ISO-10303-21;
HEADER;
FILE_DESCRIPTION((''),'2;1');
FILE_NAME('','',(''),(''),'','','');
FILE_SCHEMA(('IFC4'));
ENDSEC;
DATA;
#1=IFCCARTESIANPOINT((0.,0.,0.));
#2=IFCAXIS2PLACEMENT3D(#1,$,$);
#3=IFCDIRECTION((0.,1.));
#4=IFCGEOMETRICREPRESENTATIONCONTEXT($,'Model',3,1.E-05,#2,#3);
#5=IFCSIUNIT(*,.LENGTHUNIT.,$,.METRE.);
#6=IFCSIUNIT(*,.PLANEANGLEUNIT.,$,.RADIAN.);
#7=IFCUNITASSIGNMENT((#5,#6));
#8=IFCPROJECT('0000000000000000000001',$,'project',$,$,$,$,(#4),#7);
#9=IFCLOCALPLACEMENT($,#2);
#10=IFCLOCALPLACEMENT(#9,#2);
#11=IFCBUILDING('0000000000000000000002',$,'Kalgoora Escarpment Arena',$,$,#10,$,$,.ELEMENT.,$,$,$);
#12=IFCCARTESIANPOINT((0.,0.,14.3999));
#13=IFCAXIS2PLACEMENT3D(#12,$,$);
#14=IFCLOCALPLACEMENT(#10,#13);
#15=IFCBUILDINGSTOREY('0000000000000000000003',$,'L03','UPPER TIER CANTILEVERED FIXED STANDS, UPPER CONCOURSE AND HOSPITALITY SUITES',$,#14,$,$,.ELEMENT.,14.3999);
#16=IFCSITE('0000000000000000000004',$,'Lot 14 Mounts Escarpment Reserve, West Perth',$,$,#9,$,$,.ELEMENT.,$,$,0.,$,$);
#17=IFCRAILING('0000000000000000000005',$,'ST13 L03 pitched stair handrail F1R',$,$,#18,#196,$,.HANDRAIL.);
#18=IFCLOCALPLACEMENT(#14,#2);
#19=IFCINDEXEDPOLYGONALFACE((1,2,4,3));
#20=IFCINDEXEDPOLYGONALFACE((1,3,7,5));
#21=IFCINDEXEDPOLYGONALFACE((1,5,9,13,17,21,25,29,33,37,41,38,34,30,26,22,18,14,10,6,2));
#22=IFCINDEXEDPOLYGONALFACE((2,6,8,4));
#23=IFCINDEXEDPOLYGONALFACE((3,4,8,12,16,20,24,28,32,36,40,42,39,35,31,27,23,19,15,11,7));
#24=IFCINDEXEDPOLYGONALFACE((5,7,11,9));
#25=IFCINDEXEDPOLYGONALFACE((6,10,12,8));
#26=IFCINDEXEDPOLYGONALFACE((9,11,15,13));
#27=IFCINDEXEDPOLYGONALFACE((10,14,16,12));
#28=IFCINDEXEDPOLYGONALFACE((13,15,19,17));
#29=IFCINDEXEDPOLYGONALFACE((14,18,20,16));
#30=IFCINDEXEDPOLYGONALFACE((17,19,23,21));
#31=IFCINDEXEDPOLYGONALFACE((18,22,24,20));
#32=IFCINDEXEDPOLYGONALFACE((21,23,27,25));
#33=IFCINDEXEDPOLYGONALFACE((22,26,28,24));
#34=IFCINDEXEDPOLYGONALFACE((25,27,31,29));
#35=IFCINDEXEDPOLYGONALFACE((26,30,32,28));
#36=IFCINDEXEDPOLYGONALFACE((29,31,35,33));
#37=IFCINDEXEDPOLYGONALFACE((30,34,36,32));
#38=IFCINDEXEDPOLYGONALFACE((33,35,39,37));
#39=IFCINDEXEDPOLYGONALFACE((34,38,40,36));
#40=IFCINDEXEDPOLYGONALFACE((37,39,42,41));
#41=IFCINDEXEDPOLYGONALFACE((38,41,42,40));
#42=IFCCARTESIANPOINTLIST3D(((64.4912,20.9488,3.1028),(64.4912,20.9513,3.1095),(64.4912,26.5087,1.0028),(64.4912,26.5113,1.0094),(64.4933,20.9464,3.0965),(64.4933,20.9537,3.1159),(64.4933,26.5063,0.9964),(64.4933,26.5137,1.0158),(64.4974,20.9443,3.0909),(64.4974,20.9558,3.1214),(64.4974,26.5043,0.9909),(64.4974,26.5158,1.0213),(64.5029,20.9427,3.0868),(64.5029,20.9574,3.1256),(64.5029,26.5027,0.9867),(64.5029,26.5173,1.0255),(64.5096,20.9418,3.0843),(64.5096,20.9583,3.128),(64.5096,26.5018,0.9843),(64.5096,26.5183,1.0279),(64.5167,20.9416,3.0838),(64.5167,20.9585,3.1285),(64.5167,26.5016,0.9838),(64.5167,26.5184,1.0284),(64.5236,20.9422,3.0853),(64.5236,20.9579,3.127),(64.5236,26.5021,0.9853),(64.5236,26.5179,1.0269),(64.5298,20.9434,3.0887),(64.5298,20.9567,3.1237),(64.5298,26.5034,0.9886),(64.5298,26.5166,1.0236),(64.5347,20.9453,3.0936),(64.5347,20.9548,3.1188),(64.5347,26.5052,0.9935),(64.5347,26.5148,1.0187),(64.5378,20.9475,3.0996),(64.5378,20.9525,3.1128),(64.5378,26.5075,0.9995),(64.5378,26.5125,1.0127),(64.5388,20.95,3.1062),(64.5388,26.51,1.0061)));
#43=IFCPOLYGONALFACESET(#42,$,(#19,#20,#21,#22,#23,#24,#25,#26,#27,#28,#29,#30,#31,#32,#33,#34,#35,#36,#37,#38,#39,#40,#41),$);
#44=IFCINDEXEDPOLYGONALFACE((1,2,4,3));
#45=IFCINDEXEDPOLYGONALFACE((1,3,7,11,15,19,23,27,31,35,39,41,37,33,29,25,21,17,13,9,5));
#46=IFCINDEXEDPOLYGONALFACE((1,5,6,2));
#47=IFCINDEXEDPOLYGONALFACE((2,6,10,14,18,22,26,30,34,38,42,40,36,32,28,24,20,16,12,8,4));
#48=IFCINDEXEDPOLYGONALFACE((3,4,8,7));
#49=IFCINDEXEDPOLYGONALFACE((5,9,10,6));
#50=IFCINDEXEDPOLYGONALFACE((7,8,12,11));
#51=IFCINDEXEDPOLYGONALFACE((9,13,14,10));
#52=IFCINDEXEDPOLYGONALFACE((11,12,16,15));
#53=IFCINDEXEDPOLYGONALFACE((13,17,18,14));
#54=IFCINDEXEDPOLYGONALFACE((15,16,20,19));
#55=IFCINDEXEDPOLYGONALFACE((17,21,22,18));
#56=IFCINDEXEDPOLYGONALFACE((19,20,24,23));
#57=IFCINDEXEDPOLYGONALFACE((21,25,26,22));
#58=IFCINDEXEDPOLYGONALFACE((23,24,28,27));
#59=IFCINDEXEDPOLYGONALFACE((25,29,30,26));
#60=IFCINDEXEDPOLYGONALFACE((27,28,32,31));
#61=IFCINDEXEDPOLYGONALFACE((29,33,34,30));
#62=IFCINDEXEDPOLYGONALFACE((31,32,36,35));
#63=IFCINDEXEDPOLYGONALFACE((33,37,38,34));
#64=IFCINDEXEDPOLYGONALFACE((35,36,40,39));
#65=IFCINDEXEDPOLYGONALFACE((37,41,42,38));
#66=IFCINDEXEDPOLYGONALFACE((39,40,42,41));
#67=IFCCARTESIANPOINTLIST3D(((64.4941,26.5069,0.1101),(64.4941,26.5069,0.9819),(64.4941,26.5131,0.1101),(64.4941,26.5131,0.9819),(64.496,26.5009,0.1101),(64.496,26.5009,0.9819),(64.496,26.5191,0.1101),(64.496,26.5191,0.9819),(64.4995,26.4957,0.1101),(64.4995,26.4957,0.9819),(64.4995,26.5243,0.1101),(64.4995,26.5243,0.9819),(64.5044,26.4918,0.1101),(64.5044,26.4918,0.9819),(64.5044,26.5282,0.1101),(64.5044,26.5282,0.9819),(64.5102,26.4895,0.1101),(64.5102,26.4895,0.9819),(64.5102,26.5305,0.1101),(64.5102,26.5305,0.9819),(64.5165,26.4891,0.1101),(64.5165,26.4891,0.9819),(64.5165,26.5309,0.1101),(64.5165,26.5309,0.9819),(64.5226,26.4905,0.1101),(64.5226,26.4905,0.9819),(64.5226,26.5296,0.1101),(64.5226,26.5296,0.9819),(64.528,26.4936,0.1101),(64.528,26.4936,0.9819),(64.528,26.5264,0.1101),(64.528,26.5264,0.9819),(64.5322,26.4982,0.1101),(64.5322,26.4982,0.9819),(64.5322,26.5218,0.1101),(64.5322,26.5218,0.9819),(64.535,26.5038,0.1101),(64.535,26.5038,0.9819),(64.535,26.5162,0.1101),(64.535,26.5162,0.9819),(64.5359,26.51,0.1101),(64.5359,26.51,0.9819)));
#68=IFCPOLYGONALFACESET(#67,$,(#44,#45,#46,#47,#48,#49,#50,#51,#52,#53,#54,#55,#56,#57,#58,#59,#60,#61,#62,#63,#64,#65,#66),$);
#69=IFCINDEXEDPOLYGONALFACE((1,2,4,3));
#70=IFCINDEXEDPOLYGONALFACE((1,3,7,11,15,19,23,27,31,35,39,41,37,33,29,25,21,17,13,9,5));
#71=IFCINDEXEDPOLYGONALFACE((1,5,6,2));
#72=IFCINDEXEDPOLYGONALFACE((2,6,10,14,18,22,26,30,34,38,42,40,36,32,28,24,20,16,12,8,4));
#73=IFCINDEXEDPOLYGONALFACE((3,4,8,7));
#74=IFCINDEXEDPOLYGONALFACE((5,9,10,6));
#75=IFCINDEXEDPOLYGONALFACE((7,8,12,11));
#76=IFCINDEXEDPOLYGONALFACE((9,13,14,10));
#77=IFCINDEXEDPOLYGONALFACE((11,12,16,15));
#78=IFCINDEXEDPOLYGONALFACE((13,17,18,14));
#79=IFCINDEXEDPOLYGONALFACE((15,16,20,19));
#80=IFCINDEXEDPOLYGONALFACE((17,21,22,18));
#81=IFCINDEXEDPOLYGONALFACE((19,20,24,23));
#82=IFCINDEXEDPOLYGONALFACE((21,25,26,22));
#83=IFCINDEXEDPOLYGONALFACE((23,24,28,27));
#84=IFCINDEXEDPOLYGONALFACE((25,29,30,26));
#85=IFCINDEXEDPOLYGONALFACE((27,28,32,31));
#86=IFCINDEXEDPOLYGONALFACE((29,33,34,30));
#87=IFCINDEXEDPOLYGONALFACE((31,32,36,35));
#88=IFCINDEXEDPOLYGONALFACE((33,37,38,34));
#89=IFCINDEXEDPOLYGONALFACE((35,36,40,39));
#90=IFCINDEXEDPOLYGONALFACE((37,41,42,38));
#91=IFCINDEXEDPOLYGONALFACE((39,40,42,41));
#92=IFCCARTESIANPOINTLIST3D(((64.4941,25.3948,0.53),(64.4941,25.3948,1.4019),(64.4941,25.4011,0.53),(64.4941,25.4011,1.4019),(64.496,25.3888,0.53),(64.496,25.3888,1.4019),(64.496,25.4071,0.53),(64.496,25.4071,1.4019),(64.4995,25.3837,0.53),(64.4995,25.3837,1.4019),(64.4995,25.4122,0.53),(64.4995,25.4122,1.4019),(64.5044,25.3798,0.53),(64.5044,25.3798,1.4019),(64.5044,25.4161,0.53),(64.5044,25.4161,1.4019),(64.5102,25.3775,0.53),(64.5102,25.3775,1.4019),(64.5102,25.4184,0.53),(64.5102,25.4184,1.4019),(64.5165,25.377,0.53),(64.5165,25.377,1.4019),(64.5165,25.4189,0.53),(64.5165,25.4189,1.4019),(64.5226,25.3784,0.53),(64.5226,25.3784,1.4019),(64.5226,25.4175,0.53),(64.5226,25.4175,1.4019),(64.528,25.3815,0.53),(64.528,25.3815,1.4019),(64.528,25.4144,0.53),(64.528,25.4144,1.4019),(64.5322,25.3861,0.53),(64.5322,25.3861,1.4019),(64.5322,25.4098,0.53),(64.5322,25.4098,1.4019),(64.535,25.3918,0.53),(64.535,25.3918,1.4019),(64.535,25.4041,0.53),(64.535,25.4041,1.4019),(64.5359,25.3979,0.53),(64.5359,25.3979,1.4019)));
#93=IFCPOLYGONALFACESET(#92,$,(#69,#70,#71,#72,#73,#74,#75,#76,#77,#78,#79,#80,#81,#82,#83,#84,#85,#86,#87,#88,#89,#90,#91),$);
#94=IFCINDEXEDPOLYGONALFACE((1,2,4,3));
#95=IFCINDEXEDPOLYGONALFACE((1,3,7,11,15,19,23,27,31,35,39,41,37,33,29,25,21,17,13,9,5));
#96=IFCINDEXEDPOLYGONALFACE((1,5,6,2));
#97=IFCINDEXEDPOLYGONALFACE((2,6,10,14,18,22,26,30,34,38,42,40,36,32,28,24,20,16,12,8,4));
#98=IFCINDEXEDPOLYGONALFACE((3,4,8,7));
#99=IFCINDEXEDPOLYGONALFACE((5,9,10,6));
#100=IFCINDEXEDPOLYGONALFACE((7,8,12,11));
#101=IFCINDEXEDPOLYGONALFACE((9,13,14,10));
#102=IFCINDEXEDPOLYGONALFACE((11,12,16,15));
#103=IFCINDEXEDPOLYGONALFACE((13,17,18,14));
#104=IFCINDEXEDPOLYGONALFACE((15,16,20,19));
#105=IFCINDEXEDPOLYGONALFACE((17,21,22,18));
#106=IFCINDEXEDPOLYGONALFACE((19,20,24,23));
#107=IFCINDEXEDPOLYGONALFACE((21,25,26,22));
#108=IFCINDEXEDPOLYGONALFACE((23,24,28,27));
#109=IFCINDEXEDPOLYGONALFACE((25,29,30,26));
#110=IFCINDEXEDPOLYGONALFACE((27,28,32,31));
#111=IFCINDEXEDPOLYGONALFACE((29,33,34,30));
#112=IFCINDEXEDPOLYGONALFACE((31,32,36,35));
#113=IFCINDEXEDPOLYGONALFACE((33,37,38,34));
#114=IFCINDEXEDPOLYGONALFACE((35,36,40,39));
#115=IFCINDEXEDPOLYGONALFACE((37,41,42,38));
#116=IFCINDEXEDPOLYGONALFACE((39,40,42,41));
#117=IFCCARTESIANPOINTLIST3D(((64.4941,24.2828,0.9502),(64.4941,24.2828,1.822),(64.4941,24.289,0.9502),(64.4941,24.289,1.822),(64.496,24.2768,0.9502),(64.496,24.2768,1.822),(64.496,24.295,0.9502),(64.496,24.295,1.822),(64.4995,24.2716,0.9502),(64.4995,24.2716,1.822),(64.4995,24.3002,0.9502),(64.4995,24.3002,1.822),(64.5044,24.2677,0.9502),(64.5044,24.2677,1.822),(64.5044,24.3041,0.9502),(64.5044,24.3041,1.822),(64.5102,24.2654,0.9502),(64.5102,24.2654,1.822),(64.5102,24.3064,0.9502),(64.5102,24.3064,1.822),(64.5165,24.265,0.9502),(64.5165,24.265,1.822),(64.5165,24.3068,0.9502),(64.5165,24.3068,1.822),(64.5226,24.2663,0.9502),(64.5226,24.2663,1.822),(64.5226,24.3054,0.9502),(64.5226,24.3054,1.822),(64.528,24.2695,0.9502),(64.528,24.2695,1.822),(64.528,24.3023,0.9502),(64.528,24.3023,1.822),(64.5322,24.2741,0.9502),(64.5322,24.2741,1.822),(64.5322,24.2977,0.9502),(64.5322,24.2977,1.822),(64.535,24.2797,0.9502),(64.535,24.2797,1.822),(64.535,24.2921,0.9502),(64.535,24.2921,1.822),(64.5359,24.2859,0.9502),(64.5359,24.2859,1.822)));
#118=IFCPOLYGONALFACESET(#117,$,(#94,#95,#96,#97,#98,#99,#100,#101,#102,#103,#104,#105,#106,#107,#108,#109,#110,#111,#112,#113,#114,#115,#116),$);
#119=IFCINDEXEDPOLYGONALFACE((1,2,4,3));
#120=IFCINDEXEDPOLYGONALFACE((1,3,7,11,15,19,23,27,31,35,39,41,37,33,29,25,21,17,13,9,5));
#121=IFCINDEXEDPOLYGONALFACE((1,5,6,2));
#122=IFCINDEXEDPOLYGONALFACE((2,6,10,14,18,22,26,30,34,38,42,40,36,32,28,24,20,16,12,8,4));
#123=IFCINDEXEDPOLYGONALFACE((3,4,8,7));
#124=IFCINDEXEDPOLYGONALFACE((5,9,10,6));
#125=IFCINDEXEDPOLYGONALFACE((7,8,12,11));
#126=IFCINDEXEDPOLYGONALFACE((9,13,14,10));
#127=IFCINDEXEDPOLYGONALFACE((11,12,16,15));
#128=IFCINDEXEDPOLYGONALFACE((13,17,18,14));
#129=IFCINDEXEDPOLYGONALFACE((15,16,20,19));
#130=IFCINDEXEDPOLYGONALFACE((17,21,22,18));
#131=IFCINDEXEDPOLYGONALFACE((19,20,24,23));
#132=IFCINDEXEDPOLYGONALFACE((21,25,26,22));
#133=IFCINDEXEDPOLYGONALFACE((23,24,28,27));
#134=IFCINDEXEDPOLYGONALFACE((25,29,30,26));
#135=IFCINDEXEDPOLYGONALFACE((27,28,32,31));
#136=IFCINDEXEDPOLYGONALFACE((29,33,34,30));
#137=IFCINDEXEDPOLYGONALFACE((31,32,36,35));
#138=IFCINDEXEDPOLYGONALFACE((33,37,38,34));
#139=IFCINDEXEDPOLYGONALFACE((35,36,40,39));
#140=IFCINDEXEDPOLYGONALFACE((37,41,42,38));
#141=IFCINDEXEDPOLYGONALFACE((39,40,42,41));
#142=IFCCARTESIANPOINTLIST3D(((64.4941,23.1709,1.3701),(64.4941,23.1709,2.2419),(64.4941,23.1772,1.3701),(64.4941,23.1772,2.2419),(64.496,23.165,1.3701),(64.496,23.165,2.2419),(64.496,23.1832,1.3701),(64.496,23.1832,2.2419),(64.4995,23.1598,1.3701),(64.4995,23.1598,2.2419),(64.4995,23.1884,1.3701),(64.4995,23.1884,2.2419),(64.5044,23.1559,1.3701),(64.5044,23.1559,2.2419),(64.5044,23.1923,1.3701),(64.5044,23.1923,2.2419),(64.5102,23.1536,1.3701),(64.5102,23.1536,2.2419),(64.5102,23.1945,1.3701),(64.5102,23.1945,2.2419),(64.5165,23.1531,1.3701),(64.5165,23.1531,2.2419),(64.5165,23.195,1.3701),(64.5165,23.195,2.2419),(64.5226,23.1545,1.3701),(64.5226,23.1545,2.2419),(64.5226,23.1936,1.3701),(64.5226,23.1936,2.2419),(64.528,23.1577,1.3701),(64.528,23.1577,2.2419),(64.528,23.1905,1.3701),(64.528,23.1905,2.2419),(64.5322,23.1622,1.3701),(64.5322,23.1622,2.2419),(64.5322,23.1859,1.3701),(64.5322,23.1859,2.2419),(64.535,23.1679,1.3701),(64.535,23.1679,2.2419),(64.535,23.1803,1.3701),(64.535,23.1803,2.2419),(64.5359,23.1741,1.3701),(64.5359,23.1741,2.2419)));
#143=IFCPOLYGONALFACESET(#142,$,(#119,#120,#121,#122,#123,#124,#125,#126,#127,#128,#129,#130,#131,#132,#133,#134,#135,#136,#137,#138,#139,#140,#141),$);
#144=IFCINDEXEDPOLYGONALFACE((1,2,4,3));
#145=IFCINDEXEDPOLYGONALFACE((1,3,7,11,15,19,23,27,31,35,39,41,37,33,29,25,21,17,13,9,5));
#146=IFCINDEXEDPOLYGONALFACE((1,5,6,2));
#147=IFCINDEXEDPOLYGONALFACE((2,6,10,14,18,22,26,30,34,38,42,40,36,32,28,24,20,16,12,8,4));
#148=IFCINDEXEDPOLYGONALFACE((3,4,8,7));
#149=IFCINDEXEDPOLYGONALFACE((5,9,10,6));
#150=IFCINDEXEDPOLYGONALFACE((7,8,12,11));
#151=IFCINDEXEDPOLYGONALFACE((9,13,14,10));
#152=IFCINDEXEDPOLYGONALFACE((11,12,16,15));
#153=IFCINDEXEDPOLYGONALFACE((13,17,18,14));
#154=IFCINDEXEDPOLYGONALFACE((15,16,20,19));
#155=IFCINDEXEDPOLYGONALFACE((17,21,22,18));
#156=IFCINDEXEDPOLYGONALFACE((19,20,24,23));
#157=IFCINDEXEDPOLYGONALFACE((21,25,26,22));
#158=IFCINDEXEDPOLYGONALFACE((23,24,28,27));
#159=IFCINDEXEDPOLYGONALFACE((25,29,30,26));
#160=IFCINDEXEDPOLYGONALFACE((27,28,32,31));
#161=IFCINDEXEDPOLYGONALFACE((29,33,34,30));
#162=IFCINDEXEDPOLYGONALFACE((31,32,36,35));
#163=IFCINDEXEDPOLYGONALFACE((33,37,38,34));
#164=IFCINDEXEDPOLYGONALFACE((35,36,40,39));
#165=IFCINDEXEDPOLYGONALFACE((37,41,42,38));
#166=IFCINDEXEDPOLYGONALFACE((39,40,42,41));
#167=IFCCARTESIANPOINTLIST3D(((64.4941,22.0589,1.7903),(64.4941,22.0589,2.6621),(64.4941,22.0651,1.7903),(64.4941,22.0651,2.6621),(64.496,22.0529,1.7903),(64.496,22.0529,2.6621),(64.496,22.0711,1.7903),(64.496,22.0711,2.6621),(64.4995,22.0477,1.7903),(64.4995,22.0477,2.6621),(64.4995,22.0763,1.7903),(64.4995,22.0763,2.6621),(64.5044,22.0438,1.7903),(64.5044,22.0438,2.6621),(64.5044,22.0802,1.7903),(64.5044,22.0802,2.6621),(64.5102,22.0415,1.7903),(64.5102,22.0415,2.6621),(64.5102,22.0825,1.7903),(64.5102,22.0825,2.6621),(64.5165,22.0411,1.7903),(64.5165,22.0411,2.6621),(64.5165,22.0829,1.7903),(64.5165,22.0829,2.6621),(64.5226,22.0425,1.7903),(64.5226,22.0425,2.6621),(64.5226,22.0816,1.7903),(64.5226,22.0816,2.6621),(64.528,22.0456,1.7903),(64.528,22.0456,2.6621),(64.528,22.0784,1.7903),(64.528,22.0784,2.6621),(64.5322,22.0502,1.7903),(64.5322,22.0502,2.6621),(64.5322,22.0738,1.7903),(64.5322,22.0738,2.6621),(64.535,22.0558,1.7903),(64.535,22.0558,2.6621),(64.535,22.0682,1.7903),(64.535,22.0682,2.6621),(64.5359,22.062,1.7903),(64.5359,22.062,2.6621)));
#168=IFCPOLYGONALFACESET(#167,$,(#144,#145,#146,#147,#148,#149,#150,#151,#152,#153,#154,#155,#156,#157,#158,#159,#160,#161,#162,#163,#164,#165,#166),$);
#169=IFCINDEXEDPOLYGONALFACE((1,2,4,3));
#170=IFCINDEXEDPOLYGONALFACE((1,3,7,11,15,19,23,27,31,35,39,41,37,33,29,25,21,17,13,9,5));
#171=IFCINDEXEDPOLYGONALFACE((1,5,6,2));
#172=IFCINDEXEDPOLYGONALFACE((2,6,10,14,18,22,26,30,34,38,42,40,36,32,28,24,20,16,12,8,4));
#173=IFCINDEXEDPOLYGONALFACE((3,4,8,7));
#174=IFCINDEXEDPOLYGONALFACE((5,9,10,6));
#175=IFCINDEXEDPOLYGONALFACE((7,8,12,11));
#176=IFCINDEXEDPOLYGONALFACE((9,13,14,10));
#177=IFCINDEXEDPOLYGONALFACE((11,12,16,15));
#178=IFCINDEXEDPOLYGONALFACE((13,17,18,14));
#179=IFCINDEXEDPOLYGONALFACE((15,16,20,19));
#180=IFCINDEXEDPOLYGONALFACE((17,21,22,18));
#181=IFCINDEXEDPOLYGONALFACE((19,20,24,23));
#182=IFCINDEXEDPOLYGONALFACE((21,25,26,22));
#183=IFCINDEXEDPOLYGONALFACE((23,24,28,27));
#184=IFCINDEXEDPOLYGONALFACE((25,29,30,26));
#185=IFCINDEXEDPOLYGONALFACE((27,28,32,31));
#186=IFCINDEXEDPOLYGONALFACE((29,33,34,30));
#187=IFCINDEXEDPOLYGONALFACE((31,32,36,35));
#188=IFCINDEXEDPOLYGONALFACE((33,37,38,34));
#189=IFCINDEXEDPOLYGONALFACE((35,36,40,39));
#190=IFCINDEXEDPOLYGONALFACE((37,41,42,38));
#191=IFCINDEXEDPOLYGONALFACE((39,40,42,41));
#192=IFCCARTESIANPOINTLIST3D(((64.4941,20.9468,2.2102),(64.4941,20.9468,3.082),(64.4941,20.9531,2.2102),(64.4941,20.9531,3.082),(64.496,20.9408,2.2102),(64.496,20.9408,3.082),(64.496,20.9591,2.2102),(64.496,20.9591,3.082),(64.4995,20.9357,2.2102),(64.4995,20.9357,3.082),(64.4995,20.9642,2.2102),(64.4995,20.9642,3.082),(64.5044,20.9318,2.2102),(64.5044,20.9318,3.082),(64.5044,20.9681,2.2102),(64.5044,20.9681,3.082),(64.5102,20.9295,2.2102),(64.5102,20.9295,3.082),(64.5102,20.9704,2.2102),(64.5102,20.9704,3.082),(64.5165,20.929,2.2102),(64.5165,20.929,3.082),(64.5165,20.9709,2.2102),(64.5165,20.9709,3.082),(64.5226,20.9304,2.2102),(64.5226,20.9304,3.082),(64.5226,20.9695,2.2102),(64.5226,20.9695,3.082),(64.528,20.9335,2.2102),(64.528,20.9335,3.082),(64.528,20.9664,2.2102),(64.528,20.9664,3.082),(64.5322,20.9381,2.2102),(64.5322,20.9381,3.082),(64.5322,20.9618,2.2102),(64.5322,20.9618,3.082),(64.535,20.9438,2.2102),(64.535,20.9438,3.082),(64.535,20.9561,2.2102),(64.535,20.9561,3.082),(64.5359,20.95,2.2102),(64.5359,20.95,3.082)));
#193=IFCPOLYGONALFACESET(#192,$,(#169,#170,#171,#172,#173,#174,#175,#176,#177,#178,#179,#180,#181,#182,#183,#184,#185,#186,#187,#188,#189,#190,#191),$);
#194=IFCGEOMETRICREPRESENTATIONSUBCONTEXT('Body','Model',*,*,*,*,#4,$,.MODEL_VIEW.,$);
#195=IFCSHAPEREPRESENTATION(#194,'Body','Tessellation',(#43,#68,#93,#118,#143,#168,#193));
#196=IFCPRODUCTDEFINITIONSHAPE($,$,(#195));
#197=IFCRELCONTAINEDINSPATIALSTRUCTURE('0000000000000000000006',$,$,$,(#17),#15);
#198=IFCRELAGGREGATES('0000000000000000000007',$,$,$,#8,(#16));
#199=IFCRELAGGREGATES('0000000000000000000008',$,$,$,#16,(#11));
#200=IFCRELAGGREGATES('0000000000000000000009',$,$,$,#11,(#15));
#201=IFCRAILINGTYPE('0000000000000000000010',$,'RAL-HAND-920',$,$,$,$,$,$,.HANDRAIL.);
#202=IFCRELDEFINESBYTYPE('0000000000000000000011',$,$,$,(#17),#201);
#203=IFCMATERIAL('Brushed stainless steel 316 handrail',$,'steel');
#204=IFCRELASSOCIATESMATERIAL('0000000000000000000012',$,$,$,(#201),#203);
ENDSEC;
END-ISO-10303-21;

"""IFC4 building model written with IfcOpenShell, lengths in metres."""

from ifc_helpers import new_model, si_unit, direction, frame, origin, origin_2d, place, context, subcontext, project, spatial, circle, extrude, material, type_object, element, save


model = new_model("IFC4")

# Units and contexts
model_context = context("Model", 3, precision=1e-05, world=origin(), true_north=direction((0.0, 1.0)))
body_context = subcontext(model_context, "Body", "Model", "MODEL_VIEW")
ifc_project = project(units=[si_unit("LENGTHUNIT", "METRE"), si_unit("PLANEANGLEUNIT", "RADIAN")], contexts=[model_context])

# Site, building, storey
site_placement = place(None, origin())
site = spatial("IfcSite", under=ifc_project, at=site_placement, Name="Lot 14 Mounts Escarpment Reserve, West Perth", CompositionType="ELEMENT", RefElevation=0.0)
building_placement = place(site_placement, origin())
building = spatial("IfcBuilding", under=site, at=building_placement, Name="Kalgoora Escarpment Arena", CompositionType="ELEMENT")
storey_placement = place(building_placement, frame((0.0, 0.0, 14.3999)))
storey = spatial("IfcBuildingStorey", under=building, at=storey_placement, Name="L03", Description="UPPER TIER CANTILEVERED FIXED STANDS, UPPER CONCOURSE AND HOSPITALITY SUITES", CompositionType="ELEMENT", Elevation=14.3999)

# Railing
ifc_material_1 = material(Name="Brushed stainless steel 316 handrail", Category="steel")
railing_type_1 = type_object("IfcRailingType", Name="RAL-HAND-920", PredefinedType="HANDRAIL", material=ifc_material_1)
for number, where, name in (
    (1, (64.5149, 26.51, 0.1101), "ST13 L03 pitched stair handrail F1R"),
):
    element("IfcRailing", number, at=place(storey_placement, frame(where)), inside=storey, type_object=railing_type_1, Name=name, PredefinedType="HANDRAIL", context=body_context, shape_type="SweptSolid", body=[
        extrude(circle(Radius=0.0239, at=origin_2d()), frame((0.0, 0.0, 0.896), z_axis=(0.0, -0.935493, 0.353346), x_axis=(1.0, 0.0, 0.0)), (0.0, 0.0, 1.0), 5.9434),
        extrude(circle(Radius=0.021, at=origin_2d()), origin(), (0.0, 0.0, 1.0), 0.8718),
        extrude(circle(Radius=0.021, at=origin_2d()), frame((0.0, -1.1121, 0.4199)), (0.0, 0.0, 1.0), 0.8718),
        extrude(circle(Radius=0.021, at=origin_2d()), frame((0.0, -2.2241, 0.8401)), (0.0, 0.0, 1.0), 0.8718),
        extrude(circle(Radius=0.021, at=origin_2d()), frame((0.0, -3.3359, 1.26)), (0.0, 0.0, 1.0), 0.8718),
        extrude(circle(Radius=0.021, at=origin_2d()), frame((0.0, -4.448, 1.6802)), (0.0, 0.0, 1.0), 0.8718),
        extrude(circle(Radius=0.021, at=origin_2d()), frame((0.0, -5.5601, 2.1001)), (0.0, 0.0, 1.0), 0.8718),
    ])

save(model, "model.ifc")
